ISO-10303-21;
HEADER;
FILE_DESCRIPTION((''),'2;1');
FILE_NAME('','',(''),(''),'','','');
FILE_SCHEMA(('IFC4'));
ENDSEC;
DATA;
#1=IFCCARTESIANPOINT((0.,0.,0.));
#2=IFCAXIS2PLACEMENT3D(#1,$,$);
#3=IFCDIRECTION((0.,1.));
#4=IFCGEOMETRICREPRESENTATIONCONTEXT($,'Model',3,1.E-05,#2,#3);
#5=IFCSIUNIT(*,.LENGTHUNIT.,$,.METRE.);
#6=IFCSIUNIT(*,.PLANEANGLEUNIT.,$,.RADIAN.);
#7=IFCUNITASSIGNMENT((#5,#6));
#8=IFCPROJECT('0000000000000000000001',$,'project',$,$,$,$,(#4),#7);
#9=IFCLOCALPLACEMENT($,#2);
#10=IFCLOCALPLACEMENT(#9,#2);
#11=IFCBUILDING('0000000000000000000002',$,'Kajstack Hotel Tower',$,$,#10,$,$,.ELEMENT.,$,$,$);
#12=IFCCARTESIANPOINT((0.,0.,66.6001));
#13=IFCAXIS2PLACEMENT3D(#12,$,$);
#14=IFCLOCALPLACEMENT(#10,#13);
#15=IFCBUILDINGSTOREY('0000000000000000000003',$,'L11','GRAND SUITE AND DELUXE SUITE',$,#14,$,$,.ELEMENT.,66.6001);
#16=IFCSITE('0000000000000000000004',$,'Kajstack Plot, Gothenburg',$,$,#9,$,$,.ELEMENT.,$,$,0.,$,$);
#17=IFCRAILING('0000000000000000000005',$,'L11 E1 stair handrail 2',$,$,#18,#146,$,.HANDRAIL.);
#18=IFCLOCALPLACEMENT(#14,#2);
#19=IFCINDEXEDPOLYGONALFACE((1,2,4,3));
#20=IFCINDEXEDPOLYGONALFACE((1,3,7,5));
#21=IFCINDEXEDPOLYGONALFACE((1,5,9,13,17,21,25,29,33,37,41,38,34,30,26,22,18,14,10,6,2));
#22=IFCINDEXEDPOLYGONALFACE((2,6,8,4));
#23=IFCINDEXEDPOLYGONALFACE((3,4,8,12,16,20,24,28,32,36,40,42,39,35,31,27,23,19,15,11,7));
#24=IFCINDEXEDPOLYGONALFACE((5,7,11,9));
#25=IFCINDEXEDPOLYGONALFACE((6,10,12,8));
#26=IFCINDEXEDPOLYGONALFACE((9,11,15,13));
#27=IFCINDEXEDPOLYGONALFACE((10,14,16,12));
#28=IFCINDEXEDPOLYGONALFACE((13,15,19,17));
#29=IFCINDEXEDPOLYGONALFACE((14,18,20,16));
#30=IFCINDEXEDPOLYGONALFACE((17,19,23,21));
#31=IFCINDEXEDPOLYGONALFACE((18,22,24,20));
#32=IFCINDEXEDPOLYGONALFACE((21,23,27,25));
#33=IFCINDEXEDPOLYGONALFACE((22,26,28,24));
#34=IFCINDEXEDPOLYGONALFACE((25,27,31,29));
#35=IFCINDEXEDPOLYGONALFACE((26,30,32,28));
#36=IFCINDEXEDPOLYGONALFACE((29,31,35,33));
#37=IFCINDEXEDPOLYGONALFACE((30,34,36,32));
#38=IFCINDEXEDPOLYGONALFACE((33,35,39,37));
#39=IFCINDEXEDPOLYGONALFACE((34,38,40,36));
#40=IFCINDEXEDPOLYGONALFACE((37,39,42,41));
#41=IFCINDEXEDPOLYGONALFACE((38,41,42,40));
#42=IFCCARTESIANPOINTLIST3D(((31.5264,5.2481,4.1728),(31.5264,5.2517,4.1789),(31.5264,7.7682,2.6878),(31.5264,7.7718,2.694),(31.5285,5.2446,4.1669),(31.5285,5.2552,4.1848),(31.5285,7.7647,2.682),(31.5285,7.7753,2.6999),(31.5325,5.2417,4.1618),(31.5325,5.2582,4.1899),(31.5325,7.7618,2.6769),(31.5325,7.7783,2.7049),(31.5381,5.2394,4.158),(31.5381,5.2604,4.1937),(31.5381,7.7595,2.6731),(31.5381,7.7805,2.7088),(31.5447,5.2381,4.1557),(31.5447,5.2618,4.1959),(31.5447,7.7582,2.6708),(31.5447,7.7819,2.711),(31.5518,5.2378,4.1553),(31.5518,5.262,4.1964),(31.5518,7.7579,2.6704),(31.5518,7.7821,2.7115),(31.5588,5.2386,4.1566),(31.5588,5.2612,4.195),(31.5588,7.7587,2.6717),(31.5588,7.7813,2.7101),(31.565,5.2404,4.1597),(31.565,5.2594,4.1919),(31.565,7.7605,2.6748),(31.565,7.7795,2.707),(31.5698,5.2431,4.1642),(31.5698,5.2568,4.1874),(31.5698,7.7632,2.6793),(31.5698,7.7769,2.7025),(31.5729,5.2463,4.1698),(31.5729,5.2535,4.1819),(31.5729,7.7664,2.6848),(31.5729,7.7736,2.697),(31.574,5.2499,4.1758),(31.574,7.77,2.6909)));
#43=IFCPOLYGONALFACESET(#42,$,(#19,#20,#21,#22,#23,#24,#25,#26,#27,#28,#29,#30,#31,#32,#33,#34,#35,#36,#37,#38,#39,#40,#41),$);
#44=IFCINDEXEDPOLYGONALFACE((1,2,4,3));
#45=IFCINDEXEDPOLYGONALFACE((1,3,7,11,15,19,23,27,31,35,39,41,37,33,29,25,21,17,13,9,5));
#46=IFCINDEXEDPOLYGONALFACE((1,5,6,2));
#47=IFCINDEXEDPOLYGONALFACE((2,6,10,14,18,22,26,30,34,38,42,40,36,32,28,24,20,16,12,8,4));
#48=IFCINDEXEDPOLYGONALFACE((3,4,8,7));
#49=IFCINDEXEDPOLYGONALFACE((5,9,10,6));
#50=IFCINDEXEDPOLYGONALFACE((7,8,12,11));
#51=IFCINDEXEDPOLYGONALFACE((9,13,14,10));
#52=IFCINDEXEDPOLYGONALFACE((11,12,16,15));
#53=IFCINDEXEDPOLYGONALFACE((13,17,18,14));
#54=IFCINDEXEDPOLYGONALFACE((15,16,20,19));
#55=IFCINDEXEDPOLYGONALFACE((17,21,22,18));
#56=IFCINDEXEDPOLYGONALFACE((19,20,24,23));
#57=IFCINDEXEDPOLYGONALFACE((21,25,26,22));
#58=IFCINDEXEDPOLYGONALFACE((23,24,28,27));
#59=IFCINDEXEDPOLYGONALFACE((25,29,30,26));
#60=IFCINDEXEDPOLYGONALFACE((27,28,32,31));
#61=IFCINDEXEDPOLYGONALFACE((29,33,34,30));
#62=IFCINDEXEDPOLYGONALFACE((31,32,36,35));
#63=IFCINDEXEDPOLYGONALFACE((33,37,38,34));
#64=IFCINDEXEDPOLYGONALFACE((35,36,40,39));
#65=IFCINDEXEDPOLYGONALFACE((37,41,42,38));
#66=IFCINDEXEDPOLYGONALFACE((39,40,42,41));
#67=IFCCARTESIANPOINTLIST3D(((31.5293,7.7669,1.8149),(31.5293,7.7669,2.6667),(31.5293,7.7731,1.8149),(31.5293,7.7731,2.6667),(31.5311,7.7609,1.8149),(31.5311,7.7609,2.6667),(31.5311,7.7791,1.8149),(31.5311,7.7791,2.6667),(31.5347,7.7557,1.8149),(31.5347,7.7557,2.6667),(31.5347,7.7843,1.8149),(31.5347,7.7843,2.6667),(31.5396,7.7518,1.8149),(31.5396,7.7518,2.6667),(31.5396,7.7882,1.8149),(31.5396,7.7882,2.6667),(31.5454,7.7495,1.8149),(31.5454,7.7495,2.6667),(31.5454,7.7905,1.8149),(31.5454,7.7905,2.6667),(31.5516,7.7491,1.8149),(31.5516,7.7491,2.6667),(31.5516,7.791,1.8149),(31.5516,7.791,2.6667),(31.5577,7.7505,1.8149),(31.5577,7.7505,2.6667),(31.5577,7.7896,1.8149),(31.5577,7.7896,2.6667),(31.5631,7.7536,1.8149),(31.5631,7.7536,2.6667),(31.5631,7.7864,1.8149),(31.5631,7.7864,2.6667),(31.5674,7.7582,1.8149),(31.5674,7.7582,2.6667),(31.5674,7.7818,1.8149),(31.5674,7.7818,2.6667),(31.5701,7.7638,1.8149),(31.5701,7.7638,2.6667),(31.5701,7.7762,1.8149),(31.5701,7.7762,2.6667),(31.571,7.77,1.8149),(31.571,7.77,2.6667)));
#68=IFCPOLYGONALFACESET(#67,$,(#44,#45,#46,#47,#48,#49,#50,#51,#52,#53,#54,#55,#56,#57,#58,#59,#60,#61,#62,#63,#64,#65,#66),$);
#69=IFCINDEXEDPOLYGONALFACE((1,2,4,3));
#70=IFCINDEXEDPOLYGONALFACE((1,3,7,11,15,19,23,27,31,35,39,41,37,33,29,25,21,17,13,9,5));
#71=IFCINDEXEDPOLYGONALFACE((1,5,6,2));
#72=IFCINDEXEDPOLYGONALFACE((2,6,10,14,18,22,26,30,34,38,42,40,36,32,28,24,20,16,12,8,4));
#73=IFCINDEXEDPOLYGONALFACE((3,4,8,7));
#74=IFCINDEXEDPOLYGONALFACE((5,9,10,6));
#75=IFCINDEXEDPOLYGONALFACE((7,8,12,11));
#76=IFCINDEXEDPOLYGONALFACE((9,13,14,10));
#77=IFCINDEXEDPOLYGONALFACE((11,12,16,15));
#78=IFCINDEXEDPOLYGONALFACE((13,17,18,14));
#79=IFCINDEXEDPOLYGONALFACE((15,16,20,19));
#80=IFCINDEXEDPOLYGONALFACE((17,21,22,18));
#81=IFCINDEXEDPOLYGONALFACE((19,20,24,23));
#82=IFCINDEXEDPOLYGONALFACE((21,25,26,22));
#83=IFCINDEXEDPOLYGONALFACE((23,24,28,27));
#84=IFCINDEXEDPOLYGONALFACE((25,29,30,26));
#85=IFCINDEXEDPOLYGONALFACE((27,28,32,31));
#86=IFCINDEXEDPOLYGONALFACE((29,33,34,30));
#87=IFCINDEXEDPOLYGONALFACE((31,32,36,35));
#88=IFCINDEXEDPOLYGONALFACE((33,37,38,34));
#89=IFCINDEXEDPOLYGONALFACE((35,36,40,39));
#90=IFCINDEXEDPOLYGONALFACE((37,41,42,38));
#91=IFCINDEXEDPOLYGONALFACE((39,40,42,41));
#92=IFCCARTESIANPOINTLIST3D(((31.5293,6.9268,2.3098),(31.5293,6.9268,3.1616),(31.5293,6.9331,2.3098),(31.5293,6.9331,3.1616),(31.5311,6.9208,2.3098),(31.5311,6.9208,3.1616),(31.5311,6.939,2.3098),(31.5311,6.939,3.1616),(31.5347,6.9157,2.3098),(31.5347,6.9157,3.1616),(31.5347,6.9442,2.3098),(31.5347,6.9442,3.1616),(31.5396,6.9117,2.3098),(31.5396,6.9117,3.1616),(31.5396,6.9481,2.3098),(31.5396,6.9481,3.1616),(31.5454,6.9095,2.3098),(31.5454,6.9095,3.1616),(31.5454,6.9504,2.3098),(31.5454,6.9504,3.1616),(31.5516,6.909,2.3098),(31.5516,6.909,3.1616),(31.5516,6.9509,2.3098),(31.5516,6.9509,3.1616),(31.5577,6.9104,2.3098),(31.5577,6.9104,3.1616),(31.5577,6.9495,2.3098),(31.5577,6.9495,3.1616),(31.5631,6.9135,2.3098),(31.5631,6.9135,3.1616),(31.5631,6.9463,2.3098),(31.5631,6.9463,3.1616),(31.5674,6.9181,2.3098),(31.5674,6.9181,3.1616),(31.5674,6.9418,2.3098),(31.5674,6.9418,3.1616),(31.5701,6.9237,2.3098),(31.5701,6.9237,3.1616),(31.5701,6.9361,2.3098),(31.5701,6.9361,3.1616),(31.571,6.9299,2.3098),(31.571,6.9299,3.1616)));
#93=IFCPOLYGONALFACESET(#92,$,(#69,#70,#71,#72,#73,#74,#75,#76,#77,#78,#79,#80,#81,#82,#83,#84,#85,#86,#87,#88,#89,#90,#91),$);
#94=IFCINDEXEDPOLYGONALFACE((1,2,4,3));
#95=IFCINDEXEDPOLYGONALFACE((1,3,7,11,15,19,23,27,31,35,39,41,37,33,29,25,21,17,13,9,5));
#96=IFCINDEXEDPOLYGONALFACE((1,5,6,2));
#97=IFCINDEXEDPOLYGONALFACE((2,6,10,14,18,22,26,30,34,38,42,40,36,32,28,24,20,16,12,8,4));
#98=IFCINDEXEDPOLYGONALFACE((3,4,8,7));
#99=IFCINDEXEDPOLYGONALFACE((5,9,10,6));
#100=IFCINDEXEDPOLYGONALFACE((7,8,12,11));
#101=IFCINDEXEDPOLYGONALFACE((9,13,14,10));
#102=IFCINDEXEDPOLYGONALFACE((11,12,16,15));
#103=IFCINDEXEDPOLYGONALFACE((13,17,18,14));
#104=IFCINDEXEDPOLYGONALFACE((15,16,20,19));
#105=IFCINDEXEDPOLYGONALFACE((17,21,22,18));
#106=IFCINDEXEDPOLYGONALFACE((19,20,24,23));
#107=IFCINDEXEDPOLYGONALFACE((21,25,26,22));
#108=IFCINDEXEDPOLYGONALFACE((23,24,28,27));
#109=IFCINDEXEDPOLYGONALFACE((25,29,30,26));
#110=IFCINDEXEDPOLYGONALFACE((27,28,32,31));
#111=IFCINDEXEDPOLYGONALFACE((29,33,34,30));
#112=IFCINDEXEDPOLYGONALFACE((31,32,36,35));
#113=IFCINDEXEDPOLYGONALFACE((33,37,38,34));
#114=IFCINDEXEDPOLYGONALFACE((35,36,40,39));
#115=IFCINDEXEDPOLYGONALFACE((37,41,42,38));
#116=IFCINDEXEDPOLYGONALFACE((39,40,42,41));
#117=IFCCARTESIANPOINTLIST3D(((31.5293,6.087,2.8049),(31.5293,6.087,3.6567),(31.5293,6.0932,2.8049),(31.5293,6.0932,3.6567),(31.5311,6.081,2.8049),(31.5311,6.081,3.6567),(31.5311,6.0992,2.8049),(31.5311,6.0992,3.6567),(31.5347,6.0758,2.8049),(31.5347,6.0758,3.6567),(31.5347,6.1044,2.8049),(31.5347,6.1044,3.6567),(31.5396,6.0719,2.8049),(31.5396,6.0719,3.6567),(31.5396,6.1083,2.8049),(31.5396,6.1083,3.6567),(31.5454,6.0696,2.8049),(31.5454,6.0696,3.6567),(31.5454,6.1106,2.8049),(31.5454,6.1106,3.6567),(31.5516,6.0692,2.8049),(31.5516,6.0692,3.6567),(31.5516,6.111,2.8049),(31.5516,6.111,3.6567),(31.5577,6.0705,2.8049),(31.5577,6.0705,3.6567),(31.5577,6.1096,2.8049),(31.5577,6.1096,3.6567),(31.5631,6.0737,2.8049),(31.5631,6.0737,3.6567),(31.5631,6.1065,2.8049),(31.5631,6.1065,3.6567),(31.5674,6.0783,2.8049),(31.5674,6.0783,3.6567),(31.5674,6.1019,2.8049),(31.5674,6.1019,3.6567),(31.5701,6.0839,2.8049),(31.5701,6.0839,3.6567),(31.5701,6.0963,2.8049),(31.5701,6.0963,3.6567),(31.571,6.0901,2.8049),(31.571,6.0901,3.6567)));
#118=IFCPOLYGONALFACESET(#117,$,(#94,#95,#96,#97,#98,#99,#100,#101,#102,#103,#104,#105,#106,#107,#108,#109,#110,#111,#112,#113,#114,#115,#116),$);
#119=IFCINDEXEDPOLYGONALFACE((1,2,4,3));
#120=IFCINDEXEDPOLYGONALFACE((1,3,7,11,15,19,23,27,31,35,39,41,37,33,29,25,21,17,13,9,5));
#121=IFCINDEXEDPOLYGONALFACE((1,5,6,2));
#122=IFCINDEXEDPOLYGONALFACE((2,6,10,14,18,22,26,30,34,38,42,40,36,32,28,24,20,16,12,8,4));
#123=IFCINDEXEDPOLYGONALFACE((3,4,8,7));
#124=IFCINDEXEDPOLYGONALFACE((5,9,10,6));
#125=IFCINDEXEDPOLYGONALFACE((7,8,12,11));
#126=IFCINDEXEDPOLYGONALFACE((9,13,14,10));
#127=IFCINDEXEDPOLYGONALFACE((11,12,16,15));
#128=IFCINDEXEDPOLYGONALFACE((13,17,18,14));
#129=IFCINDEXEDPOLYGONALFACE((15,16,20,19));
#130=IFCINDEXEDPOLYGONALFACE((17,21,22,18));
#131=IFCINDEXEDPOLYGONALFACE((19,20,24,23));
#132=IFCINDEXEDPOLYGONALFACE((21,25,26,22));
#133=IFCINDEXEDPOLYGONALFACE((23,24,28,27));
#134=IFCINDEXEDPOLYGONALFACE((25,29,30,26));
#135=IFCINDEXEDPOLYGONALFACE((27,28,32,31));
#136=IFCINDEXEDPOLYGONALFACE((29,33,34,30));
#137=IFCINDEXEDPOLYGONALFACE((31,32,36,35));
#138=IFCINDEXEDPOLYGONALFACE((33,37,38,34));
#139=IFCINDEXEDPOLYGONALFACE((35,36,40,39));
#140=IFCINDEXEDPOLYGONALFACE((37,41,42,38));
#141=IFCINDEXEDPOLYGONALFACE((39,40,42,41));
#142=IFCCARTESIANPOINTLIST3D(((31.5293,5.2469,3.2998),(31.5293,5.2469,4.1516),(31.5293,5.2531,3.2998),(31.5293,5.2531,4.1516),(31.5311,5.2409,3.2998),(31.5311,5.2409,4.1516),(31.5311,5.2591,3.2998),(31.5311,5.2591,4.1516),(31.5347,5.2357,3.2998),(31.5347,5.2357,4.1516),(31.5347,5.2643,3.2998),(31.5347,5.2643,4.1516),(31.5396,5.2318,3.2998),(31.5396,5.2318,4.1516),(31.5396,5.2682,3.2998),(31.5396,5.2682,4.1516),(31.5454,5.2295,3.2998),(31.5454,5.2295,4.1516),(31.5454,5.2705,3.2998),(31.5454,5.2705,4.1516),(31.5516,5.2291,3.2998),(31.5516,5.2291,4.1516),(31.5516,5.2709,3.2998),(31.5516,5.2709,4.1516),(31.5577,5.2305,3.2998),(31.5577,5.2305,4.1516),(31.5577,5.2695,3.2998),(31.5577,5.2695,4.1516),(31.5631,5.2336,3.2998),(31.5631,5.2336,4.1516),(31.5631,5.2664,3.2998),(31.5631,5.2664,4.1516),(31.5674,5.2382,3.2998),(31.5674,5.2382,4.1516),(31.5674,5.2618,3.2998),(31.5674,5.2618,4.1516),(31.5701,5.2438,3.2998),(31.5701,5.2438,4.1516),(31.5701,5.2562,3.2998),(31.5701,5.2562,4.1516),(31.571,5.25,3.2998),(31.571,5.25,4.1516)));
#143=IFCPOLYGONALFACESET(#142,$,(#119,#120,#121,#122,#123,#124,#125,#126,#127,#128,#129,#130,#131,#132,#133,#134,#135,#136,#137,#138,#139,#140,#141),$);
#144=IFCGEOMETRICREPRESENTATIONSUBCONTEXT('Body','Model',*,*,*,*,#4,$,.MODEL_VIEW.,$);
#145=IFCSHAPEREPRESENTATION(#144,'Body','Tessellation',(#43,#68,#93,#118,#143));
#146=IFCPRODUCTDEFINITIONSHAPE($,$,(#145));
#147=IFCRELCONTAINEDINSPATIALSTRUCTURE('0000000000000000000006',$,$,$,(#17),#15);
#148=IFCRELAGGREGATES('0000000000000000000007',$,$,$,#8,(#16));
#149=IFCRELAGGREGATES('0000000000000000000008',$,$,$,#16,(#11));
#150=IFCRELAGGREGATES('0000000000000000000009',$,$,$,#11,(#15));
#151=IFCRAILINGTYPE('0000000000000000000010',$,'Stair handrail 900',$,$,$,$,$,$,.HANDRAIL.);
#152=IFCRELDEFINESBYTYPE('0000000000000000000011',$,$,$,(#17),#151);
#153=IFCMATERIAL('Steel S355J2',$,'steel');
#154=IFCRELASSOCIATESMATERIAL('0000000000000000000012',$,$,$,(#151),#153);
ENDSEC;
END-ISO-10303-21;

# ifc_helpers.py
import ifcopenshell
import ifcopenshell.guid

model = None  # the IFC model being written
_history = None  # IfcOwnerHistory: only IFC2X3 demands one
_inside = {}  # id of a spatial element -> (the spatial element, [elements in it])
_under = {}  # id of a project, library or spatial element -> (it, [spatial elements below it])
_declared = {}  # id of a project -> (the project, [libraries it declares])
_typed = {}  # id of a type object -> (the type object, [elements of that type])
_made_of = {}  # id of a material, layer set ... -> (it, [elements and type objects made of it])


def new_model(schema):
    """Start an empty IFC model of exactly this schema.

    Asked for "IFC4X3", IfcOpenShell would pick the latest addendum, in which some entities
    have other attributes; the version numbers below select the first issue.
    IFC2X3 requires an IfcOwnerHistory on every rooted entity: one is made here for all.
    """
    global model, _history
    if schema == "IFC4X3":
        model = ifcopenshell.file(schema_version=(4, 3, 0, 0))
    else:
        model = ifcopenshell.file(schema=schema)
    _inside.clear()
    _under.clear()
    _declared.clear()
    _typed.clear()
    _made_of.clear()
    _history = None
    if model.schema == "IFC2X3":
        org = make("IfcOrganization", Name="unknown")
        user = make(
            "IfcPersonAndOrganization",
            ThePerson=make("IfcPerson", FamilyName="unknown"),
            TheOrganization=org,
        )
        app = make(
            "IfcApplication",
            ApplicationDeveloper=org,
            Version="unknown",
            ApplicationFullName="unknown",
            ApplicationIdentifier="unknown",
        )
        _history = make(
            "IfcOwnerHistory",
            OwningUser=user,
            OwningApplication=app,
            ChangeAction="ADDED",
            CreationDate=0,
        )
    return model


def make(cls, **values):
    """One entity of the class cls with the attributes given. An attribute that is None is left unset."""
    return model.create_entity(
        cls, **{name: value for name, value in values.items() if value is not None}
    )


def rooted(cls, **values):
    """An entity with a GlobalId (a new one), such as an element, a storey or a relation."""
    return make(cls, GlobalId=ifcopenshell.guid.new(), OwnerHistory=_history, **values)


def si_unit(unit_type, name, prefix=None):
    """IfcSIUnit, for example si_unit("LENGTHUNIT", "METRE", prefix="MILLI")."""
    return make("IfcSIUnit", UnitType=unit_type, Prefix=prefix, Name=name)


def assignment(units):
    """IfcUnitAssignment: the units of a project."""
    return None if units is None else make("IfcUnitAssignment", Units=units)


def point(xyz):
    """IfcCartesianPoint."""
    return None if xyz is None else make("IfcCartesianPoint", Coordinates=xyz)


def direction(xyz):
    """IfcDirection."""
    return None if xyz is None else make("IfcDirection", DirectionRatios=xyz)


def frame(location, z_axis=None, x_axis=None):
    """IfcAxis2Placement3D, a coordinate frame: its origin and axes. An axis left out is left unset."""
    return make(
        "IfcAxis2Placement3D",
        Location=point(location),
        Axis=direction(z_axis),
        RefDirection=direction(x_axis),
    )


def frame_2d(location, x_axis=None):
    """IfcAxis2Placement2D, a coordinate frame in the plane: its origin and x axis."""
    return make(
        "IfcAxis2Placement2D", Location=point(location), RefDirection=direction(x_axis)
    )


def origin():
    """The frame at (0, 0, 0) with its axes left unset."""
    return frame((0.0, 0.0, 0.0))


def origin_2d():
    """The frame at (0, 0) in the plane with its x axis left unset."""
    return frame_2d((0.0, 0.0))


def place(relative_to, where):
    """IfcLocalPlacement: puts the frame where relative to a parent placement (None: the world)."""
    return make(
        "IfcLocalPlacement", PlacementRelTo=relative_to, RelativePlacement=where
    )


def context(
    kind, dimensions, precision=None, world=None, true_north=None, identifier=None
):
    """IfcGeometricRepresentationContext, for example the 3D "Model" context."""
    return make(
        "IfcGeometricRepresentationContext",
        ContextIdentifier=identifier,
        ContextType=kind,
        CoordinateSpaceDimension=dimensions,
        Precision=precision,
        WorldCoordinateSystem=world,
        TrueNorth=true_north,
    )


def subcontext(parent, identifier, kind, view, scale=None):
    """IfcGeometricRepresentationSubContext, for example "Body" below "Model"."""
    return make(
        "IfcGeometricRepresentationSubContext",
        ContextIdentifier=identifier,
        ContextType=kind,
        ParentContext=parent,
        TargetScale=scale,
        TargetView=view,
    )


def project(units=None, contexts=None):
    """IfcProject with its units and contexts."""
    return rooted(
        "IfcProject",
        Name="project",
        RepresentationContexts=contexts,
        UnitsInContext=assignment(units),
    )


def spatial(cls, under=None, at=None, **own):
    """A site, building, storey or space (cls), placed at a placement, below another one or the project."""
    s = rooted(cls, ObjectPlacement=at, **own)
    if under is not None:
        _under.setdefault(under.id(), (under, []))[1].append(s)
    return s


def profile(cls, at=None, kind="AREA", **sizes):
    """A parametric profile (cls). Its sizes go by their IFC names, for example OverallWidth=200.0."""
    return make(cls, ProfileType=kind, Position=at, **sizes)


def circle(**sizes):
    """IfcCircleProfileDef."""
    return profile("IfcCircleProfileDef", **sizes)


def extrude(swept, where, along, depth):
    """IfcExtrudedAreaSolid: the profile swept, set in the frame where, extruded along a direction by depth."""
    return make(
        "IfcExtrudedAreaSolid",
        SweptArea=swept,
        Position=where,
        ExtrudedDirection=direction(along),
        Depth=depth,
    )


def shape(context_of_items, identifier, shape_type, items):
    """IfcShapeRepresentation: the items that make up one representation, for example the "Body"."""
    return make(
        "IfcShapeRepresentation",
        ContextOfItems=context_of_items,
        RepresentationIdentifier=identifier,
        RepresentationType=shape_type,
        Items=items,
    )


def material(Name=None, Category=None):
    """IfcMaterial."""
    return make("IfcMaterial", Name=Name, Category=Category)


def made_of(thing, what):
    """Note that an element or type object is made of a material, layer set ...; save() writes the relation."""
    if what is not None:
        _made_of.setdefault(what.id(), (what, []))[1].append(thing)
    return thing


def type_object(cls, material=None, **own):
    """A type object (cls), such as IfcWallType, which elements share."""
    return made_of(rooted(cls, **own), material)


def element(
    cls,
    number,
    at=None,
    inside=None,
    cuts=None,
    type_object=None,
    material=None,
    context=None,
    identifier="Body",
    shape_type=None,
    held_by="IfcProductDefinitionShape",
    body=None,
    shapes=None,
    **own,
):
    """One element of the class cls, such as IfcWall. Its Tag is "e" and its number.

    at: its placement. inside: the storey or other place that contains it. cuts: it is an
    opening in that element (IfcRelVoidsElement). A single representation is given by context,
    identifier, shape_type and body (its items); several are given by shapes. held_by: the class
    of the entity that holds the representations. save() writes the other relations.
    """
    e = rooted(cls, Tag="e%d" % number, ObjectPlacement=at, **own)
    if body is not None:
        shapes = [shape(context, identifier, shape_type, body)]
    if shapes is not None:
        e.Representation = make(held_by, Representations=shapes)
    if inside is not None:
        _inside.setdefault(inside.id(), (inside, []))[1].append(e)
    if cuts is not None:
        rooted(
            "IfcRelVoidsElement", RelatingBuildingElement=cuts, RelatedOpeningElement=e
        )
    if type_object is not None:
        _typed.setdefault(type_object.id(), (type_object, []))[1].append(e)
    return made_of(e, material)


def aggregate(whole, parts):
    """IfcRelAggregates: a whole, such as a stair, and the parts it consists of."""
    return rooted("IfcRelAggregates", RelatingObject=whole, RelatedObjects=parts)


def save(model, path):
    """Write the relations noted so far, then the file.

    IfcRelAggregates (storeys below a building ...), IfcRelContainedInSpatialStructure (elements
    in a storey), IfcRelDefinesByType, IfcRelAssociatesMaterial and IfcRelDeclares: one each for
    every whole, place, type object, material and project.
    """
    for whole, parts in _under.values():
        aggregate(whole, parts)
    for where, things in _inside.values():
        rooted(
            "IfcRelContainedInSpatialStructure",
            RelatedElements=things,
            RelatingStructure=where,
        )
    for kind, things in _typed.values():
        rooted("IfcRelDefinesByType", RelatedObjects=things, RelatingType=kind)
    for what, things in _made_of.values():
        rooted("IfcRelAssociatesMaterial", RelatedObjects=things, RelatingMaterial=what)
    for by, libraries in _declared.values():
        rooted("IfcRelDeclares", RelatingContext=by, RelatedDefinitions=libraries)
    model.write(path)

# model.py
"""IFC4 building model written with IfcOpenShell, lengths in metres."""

from ifc_helpers import new_model, si_unit, direction, frame, origin, origin_2d, place, context, subcontext, project, spatial, circle, extrude, material, type_object, element, save


model = new_model("IFC4")

# Units and contexts
model_context = context("Model", 3, precision=1e-05, world=origin(), true_north=direction((0.0, 1.0)))
body_context = subcontext(model_context, "Body", "Model", "MODEL_VIEW")
ifc_project = project(units=[si_unit("LENGTHUNIT", "METRE"), si_unit("PLANEANGLEUNIT", "RADIAN")], contexts=[model_context])

# Site, building, storey
site_placement = place(None, origin())
site = spatial("IfcSite", under=ifc_project, at=site_placement, Name="Kajstack Plot, Gothenburg", CompositionType="ELEMENT", RefElevation=0.0)
building_placement = place(site_placement, origin())
building = spatial("IfcBuilding", under=site, at=building_placement, Name="Kajstack Hotel Tower", CompositionType="ELEMENT")
storey_placement = place(building_placement, frame((0.0, 0.0, 66.6001)))
storey = spatial("IfcBuildingStorey", under=building, at=storey_placement, Name="L11", Description="GRAND SUITE AND DELUXE SUITE", CompositionType="ELEMENT", Elevation=66.6001)

# Railing
ifc_material_1 = material(Name="Steel S355J2", Category="steel")
railing_type_1 = type_object("IfcRailingType", Name="Stair handrail 900", PredefinedType="HANDRAIL", material=ifc_material_1)
railing_1_placement = place(storey_placement, frame((31.55, 7.77, 1.8149)))
element("IfcRailing", 1, at=railing_1_placement, inside=storey, type_object=railing_type_1, Name="L11 E1 stair handrail 2", PredefinedType="HANDRAIL", context=body_context, shape_type="SweptSolid", body=[
    extrude(circle(Radius=0.0239, at=origin_2d()), frame((0.0, 0.0, 0.876), z_axis=(0.0, -0.861561, 0.507655), x_axis=(1.0, 0.0, 0.0)), (0.0, 0.0, 1.0), 2.925),
    extrude(circle(Radius=0.021, at=origin_2d()), origin(), (0.0, 0.0, 1.0), 0.8518),
    extrude(circle(Radius=0.021, at=origin_2d()), frame((0.0, -0.8401, 0.4949)), (0.0, 0.0, 1.0), 0.8518),
    extrude(circle(Radius=0.021, at=origin_2d()), frame((0.0, -1.6799, 0.99)), (0.0, 0.0, 1.0), 0.8518),
    extrude(circle(Radius=0.021, at=origin_2d()), frame((0.0, -2.52, 1.4849)), (0.0, 0.0, 1.0), 0.8518),
])

save(model, "model.ifc")
